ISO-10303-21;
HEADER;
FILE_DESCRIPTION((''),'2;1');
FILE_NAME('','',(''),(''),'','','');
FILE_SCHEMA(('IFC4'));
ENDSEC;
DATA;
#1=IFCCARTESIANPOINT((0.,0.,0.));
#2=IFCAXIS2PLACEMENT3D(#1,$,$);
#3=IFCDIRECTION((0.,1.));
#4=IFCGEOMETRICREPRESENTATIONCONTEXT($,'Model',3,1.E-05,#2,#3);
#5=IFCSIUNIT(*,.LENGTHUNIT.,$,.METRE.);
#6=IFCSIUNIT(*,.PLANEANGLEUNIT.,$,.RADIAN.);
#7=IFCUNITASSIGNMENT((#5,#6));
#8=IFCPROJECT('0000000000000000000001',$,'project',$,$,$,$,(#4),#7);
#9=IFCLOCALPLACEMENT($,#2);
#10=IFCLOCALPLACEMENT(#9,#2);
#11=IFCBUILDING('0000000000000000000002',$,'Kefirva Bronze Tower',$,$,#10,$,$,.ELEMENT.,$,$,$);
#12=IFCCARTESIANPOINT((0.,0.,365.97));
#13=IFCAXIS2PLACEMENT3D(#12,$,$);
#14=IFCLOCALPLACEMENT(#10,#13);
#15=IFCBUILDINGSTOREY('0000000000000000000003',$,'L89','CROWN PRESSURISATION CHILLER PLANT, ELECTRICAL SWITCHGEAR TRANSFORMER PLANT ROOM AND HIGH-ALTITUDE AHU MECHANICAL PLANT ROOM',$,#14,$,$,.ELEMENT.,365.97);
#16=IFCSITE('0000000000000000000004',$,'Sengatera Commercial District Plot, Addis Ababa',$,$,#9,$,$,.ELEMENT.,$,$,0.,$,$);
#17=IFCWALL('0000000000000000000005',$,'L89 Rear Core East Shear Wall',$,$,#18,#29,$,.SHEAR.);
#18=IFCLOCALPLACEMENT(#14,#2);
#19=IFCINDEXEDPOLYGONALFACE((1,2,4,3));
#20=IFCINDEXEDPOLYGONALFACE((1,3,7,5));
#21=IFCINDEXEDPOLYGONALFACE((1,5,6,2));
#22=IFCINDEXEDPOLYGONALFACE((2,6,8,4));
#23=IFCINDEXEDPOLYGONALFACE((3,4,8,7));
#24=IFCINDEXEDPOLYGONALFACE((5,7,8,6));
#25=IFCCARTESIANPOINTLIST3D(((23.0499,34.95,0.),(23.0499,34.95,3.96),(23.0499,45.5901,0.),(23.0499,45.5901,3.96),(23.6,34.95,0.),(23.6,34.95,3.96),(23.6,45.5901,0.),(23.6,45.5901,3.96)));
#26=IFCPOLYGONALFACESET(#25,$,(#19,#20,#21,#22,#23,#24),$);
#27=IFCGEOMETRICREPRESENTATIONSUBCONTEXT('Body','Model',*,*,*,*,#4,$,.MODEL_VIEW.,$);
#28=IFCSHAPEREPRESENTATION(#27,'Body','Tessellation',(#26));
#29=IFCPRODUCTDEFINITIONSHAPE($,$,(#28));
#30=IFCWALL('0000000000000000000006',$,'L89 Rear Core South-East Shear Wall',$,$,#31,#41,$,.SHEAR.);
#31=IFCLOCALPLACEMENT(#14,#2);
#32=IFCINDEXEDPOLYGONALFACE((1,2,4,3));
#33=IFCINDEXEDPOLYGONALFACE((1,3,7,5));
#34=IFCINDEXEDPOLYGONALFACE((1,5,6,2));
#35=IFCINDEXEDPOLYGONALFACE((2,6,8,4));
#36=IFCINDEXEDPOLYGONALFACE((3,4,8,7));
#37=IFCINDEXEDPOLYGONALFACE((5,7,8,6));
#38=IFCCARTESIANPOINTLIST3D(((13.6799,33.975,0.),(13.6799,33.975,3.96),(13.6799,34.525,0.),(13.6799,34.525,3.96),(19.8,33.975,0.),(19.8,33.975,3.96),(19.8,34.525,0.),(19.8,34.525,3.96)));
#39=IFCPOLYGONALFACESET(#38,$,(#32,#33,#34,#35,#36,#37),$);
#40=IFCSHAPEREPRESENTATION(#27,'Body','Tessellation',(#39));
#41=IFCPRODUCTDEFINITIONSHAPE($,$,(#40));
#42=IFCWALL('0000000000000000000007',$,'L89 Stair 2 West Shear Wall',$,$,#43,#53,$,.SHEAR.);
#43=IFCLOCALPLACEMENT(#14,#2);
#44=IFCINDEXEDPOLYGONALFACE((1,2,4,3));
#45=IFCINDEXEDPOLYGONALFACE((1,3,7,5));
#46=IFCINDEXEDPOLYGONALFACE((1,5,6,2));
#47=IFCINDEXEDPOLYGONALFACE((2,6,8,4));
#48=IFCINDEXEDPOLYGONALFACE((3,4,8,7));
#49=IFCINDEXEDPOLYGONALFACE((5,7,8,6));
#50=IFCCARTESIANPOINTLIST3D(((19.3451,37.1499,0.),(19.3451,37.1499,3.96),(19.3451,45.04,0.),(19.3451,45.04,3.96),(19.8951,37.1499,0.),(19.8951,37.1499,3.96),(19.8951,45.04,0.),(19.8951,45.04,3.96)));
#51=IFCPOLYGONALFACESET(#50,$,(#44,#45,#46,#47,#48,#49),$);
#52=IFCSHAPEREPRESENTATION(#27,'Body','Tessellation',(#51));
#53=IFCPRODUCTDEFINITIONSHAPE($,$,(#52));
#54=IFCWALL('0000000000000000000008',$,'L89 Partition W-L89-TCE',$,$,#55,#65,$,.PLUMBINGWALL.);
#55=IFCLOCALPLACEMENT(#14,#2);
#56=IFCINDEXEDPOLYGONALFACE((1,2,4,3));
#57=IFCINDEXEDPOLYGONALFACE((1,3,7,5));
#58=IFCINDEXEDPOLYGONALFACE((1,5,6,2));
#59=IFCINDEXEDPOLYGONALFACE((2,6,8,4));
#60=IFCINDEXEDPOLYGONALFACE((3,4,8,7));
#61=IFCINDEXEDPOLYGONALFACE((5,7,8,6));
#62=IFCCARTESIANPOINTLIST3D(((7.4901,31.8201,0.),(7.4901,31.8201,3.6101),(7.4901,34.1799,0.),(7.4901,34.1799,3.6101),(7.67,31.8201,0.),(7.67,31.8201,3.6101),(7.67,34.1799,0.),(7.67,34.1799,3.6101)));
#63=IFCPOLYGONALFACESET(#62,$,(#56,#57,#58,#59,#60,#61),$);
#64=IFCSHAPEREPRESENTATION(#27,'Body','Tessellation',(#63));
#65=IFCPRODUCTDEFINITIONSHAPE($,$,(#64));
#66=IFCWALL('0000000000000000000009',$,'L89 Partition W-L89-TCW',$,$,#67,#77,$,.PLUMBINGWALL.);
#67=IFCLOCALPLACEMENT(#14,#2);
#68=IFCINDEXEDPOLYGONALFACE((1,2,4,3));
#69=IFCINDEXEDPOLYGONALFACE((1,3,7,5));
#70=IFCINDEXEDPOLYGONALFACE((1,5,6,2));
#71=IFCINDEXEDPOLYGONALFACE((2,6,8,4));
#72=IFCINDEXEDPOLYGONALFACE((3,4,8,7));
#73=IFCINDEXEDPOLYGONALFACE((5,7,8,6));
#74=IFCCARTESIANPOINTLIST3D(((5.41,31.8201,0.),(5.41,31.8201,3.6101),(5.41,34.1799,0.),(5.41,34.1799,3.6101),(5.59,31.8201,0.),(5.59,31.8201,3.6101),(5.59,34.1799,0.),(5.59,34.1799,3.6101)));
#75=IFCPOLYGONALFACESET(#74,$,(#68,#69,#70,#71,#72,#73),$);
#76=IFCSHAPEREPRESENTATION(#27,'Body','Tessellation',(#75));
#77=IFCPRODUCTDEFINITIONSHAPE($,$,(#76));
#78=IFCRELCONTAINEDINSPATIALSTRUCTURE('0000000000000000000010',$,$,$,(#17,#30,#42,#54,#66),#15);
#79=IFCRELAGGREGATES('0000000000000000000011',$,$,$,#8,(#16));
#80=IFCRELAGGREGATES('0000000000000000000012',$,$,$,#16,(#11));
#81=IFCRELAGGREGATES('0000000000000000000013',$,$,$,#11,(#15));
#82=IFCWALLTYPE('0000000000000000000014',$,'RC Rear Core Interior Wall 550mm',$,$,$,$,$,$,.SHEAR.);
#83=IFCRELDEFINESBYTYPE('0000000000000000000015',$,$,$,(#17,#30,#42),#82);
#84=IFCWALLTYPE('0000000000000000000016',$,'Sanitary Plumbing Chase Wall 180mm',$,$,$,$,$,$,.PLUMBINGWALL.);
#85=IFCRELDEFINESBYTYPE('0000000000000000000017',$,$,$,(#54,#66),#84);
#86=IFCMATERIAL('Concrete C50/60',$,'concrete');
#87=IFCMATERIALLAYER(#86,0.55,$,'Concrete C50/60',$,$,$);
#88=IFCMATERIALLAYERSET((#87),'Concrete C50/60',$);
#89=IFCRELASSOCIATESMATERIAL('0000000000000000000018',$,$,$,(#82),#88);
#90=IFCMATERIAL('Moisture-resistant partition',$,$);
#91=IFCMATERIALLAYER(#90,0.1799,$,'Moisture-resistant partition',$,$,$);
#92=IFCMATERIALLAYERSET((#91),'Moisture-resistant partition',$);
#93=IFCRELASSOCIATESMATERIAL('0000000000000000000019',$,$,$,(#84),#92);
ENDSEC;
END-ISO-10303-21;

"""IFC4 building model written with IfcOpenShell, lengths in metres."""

from ifc_helpers import new_model, si_unit, direction, frame, frame_2d, origin, place, context, subcontext, project, spatial, rectangle, extrude, material, layer, layer_set, type_object, element, save


model = new_model("IFC4")

# Units and contexts
model_context = context("Model", 3, precision=1e-05, world=origin(), true_north=direction((0.0, 1.0)))
body_context = subcontext(model_context, "Body", "Model", "MODEL_VIEW")
ifc_project = project(units=[si_unit("LENGTHUNIT", "METRE"), si_unit("PLANEANGLEUNIT", "RADIAN")], contexts=[model_context])

# Site, building, storey
site_placement = place(None, origin())
site = spatial("IfcSite", under=ifc_project, at=site_placement, Name="Sengatera Commercial District Plot, Addis Ababa", CompositionType="ELEMENT", RefElevation=0.0)
building_placement = place(site_placement, origin())
building = spatial("IfcBuilding", under=site, at=building_placement, Name="Kefirva Bronze Tower", CompositionType="ELEMENT")
storey_placement = place(building_placement, frame((0.0, 0.0, 365.97)))
storey = spatial("IfcBuildingStorey", under=building, at=storey_placement, Name="L89", Description="CROWN PRESSURISATION CHILLER PLANT, ELECTRICAL SWITCHGEAR TRANSFORMER PLANT ROOM AND HIGH-ALTITUDE AHU MECHANICAL PLANT ROOM", CompositionType="ELEMENT", Elevation=365.97)

# Shared definitions
ifc_material_1 = material(Name="Concrete C50/60", Category="concrete")

# Walls
ifc_layer_1 = layer(ifc_material_1, 0.55, Name="Concrete C50/60")
ifc_layer_set_1 = layer_set([ifc_layer_1], Name="Concrete C50/60")
wall_type_1 = type_object("IfcWallType", Name="RC Rear Core Interior Wall 550mm", PredefinedType="SHEAR", material=ifc_layer_set_1)
wall_1_placement = place(storey_placement, frame((23.325, 34.95, 0.0), z_axis=(0.0, 0.0, 1.0), x_axis=(0.0, 1.0, 0.0)))
element("IfcWall", 1, at=wall_1_placement, inside=storey, type_object=wall_type_1, Name="L89 Rear Core East Shear Wall", PredefinedType="SHEAR", context=body_context, shape_type="SweptSolid", body=[
    extrude(rectangle(XDim=10.6401, YDim=0.55, at=frame_2d((5.3201, 0.0))), origin(), (0.0, 0.0, 1.0), 3.96),
])
wall_2_placement = place(storey_placement, frame((13.6799, 34.25, 0.0), z_axis=(0.0, 0.0, 1.0), x_axis=(1.0, 0.0, 0.0)))
element("IfcWall", 2, at=wall_2_placement, inside=storey, type_object=wall_type_1, Name="L89 Rear Core South-East Shear Wall", PredefinedType="SHEAR", context=body_context, shape_type="SweptSolid", body=[
    extrude(rectangle(XDim=6.1201, YDim=0.55, at=frame_2d((3.0601, 0.0))), origin(), (0.0, 0.0, 1.0), 3.96),
])
wall_3_placement = place(storey_placement, frame((19.6201, 37.1499, 0.0), z_axis=(0.0, 0.0, 1.0), x_axis=(0.0, 1.0, 0.0)))
element("IfcWall", 3, at=wall_3_placement, inside=storey, type_object=wall_type_1, Name="L89 Stair 2 West Shear Wall", PredefinedType="SHEAR", context=body_context, shape_type="SweptSolid", body=[
    extrude(rectangle(XDim=7.8901, YDim=0.55, at=frame_2d((3.9451, 0.0))), origin(), (0.0, 0.0, 1.0), 3.96),
])
ifc_material_2 = material(Name="Moisture-resistant partition")
ifc_layer_2 = layer(ifc_material_2, 0.1799, Name="Moisture-resistant partition")
ifc_layer_set_2 = layer_set([ifc_layer_2], Name="Moisture-resistant partition")
wall_type_2 = type_object("IfcWallType", Name="Sanitary Plumbing Chase Wall 180mm", PredefinedType="PLUMBINGWALL", material=ifc_layer_set_2)
for number, where, z_axis, x_axis, name in (
    (4, (7.5801, 31.8201, 0.0), (0.0, 0.0, 1.0), (0.0, 1.0, 0.0), "L89 Partition W-L89-TCE"),
    (5, (5.5, 31.8201, 0.0), (0.0, 0.0, 1.0), (0.0, 1.0, 0.0), "L89 Partition W-L89-TCW"),
):
    element("IfcWall", number, at=place(storey_placement, frame(where, z_axis=z_axis, x_axis=x_axis)), inside=storey, type_object=wall_type_2, Name=name, PredefinedType="PLUMBINGWALL", context=body_context, shape_type="SweptSolid", body=[
        extrude(rectangle(XDim=2.3599, YDim=0.1799, at=frame_2d((1.1799, 0.0))), origin(), (0.0, 0.0, 1.0), 3.6101),
    ])

save(model, "model.ifc")
